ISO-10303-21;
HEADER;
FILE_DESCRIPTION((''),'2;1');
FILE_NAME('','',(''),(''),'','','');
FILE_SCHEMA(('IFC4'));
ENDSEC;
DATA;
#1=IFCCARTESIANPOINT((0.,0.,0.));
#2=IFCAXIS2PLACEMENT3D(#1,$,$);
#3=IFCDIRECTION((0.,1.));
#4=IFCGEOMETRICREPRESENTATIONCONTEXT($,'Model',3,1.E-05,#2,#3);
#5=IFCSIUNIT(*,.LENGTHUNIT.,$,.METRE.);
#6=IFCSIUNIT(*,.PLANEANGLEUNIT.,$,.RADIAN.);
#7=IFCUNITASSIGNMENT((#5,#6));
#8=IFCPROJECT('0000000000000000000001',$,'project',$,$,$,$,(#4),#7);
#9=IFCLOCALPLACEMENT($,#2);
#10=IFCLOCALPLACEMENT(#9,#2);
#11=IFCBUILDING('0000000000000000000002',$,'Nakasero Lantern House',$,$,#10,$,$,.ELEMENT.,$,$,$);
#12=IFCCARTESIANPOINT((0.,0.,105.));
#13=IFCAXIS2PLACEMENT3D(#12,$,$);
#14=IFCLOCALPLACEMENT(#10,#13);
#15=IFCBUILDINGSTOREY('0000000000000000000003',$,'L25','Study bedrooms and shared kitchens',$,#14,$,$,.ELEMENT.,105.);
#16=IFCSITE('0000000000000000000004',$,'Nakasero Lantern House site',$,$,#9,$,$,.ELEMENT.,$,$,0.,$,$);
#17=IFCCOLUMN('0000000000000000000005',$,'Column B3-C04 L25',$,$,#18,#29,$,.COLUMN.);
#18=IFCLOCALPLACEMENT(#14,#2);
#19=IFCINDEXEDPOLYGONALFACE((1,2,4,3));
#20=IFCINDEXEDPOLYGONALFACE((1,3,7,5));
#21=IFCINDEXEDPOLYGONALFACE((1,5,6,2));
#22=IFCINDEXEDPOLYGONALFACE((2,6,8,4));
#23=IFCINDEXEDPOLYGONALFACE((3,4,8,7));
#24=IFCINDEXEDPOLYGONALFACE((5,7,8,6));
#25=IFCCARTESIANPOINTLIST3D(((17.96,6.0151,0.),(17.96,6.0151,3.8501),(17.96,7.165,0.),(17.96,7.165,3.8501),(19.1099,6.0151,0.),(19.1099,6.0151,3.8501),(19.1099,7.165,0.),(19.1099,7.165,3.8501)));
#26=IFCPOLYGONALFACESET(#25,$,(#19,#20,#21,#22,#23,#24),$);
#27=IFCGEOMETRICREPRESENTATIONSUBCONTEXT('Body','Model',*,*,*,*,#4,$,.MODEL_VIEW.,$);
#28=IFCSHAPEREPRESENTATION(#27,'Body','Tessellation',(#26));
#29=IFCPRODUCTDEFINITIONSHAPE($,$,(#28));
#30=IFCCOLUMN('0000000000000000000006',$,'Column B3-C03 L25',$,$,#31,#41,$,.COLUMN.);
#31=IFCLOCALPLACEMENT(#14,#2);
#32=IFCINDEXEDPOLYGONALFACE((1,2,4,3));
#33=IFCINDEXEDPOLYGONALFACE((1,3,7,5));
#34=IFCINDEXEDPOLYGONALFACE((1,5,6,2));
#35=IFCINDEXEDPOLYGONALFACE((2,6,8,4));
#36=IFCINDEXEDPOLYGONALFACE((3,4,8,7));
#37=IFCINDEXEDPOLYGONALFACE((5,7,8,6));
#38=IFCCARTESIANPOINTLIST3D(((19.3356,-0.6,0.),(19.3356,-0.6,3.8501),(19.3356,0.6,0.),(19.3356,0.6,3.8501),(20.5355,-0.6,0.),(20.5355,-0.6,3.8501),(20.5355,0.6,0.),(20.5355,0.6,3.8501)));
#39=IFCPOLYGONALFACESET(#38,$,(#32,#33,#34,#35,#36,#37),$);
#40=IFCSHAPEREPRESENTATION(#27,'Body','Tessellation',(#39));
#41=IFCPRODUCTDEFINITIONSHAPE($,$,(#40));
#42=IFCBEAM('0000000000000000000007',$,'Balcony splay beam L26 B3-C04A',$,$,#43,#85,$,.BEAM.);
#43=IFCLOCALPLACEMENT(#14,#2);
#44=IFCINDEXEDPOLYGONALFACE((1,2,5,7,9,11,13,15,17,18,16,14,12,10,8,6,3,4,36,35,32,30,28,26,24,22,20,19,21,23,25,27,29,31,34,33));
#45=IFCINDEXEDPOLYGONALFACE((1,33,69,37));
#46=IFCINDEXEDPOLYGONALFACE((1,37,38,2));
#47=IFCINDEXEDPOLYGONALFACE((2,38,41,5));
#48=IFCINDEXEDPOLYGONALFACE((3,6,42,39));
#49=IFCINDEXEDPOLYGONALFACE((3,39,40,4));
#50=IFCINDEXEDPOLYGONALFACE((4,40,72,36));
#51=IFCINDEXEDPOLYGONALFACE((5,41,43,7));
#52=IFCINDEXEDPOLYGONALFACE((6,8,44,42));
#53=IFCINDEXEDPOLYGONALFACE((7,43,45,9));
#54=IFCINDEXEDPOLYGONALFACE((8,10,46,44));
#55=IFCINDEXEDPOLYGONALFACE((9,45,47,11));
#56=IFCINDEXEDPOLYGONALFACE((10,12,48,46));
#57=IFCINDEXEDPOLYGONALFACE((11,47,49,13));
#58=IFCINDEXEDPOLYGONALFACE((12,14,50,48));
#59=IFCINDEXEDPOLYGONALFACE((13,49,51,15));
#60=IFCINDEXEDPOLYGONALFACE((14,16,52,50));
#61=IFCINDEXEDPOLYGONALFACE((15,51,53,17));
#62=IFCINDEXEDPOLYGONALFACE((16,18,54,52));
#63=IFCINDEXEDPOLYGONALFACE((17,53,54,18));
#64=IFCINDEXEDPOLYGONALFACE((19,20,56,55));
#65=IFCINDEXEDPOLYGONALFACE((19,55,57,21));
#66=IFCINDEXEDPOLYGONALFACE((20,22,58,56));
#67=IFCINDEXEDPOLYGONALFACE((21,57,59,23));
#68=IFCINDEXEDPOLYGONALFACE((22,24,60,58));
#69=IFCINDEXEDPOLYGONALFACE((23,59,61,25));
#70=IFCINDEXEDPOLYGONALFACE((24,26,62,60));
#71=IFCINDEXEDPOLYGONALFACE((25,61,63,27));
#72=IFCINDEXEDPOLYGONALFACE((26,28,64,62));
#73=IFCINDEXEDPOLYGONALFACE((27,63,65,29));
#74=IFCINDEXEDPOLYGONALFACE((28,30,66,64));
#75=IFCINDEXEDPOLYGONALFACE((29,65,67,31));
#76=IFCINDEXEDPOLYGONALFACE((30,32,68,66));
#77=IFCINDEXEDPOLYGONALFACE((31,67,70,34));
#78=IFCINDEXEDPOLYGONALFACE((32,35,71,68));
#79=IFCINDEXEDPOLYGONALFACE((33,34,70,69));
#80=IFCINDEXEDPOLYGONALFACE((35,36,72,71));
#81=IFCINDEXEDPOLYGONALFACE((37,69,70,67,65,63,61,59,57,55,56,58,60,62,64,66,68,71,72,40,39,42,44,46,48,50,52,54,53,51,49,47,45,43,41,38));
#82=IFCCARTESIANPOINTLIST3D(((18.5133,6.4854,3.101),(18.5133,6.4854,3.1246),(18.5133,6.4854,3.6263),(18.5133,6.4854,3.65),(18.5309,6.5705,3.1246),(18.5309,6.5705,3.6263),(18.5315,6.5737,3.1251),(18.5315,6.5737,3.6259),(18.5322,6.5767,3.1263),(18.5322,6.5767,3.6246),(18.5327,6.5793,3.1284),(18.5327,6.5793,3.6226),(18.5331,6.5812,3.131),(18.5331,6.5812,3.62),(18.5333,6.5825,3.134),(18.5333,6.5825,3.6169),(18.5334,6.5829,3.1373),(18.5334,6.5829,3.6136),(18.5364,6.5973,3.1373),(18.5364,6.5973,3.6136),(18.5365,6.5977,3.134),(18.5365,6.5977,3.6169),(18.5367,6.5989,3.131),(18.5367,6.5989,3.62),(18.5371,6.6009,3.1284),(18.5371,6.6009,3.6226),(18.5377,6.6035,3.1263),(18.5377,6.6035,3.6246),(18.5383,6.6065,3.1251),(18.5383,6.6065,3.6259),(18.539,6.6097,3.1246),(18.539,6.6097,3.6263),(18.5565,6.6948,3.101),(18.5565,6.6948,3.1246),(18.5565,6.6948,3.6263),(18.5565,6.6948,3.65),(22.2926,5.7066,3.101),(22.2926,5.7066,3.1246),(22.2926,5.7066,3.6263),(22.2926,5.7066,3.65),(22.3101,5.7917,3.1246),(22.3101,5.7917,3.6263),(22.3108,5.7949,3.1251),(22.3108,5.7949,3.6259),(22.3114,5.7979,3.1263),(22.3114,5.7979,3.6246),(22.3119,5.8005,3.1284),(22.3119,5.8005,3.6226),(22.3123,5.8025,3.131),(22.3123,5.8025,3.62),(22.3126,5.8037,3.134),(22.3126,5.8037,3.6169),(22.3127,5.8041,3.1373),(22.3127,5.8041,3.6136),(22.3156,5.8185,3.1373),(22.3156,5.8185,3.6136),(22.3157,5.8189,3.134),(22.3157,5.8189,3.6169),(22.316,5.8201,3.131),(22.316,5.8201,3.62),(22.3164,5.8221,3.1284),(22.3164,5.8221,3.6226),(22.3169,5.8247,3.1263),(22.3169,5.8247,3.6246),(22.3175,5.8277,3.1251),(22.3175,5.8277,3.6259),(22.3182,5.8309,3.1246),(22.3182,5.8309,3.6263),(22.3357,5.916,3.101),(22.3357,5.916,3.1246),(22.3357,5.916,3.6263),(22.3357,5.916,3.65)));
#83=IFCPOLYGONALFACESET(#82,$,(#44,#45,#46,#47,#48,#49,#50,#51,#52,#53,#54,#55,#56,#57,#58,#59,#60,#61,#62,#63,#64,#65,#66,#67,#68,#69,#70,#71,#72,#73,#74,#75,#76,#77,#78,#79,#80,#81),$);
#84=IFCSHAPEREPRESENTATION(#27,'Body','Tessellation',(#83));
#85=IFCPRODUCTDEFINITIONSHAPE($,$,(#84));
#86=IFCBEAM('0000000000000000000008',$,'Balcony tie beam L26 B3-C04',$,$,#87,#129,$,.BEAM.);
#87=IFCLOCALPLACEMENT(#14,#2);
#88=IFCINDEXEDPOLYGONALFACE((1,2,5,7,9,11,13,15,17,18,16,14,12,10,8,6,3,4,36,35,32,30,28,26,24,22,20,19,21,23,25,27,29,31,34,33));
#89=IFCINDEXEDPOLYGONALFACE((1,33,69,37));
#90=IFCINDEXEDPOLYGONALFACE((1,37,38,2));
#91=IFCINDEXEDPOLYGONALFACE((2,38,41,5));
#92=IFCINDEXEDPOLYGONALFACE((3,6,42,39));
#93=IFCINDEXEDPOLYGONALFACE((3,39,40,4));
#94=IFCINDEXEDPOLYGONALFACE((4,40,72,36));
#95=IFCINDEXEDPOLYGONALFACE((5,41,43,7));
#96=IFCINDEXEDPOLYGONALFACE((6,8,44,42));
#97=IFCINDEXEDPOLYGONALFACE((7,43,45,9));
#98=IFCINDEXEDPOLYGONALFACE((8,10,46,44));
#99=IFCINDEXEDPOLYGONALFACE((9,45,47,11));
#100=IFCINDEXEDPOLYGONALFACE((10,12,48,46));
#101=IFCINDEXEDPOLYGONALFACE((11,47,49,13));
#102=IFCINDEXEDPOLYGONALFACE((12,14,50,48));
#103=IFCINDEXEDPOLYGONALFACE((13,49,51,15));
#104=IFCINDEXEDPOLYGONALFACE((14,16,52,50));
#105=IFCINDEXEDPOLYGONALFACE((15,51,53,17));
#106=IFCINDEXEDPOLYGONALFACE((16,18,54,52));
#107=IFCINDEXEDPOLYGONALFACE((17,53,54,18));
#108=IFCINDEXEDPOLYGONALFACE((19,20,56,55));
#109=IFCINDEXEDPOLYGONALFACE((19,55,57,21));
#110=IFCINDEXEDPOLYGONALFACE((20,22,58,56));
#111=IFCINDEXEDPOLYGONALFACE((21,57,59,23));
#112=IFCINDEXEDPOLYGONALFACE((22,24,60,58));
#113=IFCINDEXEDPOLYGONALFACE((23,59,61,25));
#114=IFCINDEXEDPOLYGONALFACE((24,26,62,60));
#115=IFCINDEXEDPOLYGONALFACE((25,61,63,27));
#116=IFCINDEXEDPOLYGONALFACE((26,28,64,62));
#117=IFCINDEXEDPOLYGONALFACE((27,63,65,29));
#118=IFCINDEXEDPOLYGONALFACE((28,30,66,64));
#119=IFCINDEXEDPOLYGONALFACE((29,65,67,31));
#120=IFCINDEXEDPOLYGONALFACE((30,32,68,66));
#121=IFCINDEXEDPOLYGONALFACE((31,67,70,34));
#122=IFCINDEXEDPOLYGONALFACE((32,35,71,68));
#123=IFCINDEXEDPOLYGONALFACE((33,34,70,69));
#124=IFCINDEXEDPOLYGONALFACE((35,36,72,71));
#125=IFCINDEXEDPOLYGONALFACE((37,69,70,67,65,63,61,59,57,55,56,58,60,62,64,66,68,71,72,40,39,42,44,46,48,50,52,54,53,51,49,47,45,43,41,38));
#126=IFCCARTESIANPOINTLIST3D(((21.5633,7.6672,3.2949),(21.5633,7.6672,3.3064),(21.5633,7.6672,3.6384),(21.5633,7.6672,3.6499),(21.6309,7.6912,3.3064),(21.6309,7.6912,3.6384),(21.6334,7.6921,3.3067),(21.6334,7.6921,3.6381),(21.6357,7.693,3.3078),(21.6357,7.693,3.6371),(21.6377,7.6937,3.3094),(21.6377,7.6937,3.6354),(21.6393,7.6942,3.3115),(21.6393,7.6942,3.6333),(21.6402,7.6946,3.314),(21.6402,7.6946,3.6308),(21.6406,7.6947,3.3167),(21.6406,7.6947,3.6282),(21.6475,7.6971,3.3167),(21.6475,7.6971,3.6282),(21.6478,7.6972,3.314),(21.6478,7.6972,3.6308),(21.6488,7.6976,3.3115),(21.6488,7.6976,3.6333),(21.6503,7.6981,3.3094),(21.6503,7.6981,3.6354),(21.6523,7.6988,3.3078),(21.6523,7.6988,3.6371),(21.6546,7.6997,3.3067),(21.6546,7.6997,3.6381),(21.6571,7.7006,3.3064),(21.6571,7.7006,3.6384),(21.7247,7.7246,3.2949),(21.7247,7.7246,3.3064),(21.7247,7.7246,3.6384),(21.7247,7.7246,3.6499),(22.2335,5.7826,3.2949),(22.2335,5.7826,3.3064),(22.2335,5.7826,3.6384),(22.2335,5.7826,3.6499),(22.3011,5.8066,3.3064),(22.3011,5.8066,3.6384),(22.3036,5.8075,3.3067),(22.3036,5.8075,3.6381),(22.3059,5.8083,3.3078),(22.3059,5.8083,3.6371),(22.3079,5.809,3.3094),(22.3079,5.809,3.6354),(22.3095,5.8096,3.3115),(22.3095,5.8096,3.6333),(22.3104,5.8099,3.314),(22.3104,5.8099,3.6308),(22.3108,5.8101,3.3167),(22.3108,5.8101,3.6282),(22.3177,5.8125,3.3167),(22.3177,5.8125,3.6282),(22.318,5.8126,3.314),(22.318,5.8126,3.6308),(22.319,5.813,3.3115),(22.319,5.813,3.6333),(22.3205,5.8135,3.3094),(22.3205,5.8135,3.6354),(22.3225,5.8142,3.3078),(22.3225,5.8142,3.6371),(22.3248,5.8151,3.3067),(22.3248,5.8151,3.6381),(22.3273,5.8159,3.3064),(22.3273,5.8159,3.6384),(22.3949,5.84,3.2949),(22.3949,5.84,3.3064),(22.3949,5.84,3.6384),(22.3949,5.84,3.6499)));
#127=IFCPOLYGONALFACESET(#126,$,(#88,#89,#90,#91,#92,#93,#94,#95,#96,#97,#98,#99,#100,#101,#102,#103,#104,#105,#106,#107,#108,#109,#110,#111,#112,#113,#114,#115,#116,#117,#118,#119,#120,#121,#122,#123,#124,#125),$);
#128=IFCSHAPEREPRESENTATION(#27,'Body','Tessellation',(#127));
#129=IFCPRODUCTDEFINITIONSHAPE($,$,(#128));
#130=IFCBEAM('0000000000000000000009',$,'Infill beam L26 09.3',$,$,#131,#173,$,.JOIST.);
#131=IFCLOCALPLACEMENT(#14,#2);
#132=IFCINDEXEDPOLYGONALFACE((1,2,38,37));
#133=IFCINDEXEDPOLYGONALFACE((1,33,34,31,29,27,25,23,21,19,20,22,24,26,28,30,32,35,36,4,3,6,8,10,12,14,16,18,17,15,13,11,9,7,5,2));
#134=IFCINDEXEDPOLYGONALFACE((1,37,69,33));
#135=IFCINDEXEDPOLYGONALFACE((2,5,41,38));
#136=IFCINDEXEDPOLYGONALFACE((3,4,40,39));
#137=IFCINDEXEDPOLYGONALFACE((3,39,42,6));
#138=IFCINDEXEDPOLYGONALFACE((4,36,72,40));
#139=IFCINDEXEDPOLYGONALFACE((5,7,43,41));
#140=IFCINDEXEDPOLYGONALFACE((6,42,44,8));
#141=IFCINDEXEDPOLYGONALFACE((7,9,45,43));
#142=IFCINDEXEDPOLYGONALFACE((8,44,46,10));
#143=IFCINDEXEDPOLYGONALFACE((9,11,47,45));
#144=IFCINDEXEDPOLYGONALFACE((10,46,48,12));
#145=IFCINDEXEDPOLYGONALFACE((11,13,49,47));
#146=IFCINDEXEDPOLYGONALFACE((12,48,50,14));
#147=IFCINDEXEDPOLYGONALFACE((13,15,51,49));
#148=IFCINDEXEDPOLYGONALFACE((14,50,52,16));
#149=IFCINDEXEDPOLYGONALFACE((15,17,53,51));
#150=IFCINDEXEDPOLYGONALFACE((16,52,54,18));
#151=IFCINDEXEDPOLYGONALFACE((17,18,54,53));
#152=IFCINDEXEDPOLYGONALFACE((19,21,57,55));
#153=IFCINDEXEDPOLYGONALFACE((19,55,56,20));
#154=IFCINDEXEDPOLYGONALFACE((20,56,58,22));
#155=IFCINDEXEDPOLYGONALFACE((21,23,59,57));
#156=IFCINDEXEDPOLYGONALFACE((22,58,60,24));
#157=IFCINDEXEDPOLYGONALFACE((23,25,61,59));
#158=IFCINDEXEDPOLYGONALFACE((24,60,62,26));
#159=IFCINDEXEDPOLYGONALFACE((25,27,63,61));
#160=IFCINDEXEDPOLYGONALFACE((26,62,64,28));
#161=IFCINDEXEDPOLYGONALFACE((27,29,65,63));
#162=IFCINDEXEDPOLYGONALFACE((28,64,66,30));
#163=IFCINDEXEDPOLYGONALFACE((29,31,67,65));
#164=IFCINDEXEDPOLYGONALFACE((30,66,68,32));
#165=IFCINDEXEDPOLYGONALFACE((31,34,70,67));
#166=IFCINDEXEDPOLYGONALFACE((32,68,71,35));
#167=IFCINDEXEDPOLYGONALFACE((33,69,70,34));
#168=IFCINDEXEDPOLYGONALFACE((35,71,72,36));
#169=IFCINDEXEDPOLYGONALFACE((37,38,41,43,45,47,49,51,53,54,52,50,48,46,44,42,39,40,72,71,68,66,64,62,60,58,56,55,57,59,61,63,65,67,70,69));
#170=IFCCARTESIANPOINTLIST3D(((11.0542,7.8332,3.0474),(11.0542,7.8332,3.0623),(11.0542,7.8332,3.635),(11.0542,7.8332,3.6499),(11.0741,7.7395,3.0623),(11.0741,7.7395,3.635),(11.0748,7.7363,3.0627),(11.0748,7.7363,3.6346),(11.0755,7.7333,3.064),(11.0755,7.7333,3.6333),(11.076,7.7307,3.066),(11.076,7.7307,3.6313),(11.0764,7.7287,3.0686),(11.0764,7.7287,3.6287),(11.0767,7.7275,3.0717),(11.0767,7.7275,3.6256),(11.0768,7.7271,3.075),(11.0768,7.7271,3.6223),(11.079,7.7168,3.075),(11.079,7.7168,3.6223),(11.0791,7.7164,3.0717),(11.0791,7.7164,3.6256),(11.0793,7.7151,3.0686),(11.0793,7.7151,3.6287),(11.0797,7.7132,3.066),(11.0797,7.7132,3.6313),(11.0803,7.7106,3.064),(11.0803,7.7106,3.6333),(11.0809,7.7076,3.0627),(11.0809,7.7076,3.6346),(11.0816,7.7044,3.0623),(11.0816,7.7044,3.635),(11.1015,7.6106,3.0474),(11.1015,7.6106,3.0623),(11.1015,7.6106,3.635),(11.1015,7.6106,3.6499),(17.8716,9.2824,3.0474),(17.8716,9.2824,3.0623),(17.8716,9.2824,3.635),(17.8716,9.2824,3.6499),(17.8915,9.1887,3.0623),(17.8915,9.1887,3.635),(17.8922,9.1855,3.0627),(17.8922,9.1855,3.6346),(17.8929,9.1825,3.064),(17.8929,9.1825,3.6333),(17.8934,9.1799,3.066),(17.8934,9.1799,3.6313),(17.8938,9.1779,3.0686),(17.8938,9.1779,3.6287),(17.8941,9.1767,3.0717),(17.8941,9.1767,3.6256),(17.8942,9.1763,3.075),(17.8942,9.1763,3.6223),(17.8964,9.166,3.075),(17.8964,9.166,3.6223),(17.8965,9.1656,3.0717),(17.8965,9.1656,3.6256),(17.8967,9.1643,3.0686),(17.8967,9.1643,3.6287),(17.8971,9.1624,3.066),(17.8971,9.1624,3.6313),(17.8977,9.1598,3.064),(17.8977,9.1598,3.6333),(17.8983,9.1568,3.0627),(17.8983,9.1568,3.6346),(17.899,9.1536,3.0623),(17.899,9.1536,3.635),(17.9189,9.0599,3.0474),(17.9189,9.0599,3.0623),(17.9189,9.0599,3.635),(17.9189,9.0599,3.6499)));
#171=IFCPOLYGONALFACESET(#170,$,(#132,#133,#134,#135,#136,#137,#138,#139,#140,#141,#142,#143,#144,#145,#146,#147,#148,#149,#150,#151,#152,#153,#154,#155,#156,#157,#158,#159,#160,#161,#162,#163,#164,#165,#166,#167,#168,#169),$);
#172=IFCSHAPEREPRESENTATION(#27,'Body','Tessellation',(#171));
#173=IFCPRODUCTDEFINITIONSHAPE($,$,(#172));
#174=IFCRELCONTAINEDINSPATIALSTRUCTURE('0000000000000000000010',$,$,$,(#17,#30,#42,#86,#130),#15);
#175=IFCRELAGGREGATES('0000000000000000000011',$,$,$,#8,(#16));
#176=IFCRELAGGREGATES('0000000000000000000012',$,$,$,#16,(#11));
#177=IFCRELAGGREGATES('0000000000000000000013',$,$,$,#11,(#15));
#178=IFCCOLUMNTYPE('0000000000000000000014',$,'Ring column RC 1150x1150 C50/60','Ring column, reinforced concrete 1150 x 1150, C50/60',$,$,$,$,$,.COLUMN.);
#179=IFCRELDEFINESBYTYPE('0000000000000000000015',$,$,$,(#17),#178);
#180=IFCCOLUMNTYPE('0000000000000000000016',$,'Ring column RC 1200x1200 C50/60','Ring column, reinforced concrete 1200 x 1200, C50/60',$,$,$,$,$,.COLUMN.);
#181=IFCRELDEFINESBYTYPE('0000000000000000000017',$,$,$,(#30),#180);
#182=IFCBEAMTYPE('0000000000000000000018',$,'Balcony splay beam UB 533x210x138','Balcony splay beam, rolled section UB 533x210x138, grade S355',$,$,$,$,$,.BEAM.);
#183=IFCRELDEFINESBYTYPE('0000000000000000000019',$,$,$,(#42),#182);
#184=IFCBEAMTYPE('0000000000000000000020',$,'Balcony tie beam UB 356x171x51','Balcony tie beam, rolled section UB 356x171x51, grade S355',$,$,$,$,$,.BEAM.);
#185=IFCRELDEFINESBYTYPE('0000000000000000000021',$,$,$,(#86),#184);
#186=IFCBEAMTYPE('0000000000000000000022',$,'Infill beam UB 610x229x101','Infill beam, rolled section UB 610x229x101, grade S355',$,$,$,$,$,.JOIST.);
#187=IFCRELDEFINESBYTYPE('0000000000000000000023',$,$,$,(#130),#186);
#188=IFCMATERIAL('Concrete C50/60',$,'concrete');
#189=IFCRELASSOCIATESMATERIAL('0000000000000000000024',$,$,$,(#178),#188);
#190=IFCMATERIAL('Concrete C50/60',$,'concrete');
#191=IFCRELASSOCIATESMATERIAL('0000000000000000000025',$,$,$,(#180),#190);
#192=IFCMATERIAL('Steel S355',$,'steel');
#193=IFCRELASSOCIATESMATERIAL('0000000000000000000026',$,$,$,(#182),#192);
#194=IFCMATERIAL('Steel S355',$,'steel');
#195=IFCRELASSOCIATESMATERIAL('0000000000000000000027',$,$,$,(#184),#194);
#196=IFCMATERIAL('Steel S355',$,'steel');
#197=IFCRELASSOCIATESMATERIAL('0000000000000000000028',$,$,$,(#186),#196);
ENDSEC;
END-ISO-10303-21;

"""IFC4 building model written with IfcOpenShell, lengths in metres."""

from ifc_helpers import new_model, si_unit, direction, frame, origin, origin_2d, place, context, subcontext, project, spatial, rectangle, i_section, extrude, material, material_profile, profile_set, type_object, element, save


model = new_model("IFC4")

# Units and contexts
model_context = context("Model", 3, precision=1e-05, world=origin(), true_north=direction((0.0, 1.0)))
body_context = subcontext(model_context, "Body", "Model", "MODEL_VIEW")
ifc_project = project(units=[si_unit("LENGTHUNIT", "METRE"), si_unit("PLANEANGLEUNIT", "RADIAN")], contexts=[model_context])

# Site, building, storey
site_placement = place(None, origin())
site = spatial("IfcSite", under=ifc_project, at=site_placement, Name="Nakasero Lantern House site", CompositionType="ELEMENT", RefElevation=0.0)
building_placement = place(site_placement, origin())
building = spatial("IfcBuilding", under=site, at=building_placement, Name="Nakasero Lantern House", CompositionType="ELEMENT")
storey_placement = place(building_placement, frame((0.0, 0.0, 105.0)))
storey = spatial("IfcBuildingStorey", under=building, at=storey_placement, Name="L25", Description="Study bedrooms and shared kitchens", CompositionType="ELEMENT", Elevation=105.0)

# Columns
ifc_material_1 = material(Name="Concrete C50/60", Category="concrete")
ifc_material_profile_1 = material_profile(ifc_material_1, rectangle(XDim=1.1499, YDim=1.1499, at=origin_2d()), Name="RC 1150x1150")
ifc_profile_set_1 = profile_set([ifc_material_profile_1], Name="Concrete C50/60")
column_type_1 = type_object("IfcColumnType", Name="Ring column RC 1150x1150 C50/60", Description="Ring column, reinforced concrete 1150 x 1150, C50/60", PredefinedType="COLUMN", material=ifc_profile_set_1)
column_1_placement = place(storey_placement, frame((18.5349, 6.5901, 0.0), z_axis=(0.0, 0.0, 1.0), x_axis=(1.0, 0.0, 0.0)))
element("IfcColumn", 1, at=column_1_placement, inside=storey, type_object=column_type_1, Name="Column B3-C04 L25", PredefinedType="COLUMN", context=body_context, shape_type="SweptSolid", body=[
    extrude(rectangle(XDim=1.1499, YDim=1.1499, at=origin_2d()), origin(), (0.0, 0.0, 1.0), 3.8501),
])
ifc_material_2 = material(Name="Concrete C50/60", Category="concrete")
ifc_material_profile_2 = material_profile(ifc_material_2, rectangle(XDim=1.2, YDim=1.2, at=origin_2d()), Name="RC 1200x1200")
ifc_profile_set_2 = profile_set([ifc_material_profile_2], Name="Concrete C50/60")
column_type_2 = type_object("IfcColumnType", Name="Ring column RC 1200x1200 C50/60", Description="Ring column, reinforced concrete 1200 x 1200, C50/60", PredefinedType="COLUMN", material=ifc_profile_set_2)
column_2_placement = place(storey_placement, frame((19.9355, 0.0, 0.0), z_axis=(0.0, 0.0, 1.0), x_axis=(1.0, 0.0, 0.0)))
element("IfcColumn", 2, at=column_2_placement, inside=storey, type_object=column_type_2, Name="Column B3-C03 L25", PredefinedType="COLUMN", context=body_context, shape_type="SweptSolid", body=[
    extrude(rectangle(XDim=1.2, YDim=1.2, at=origin_2d()), origin(), (0.0, 0.0, 1.0), 3.8501),
])

# Beams
ifc_material_3 = material(Name="Steel S355", Category="steel")
ifc_material_profile_3 = material_profile(ifc_material_3, i_section(OverallWidth=0.2139, OverallDepth=0.5491, WebThickness=0.0146, FlangeThickness=0.0237, FilletRadius=0.0127, at=origin_2d()), Name="UB 533x210x138")
ifc_profile_set_3 = profile_set([ifc_material_profile_3], Name="Steel S355")
beam_type_1 = type_object("IfcBeamType", Name="Balcony splay beam UB 533x210x138", Description="Balcony splay beam, rolled section UB 533x210x138, grade S355", PredefinedType="BEAM", material=ifc_profile_set_3)
beam_1_placement = place(storey_placement, frame((18.5349, 6.5901, 3.3755), z_axis=(0.97942, -0.201831, 0.0), x_axis=(0.201831, 0.97942, 0.0)))
element("IfcBeam", 3, at=beam_1_placement, inside=storey, type_object=beam_type_1, Name="Balcony splay beam L26 B3-C04A", PredefinedType="BEAM", context=body_context, shape_type="SweptSolid", body=[
    extrude(i_section(OverallWidth=0.2139, OverallDepth=0.5491, WebThickness=0.0146, FlangeThickness=0.0237, FilletRadius=0.0127, at=origin_2d()), origin(), (0.0, 0.0, 1.0), 3.8586),
])
ifc_material_4 = material(Name="Steel S355", Category="steel")
ifc_material_profile_4 = material_profile(ifc_material_4, i_section(OverallWidth=0.1714, OverallDepth=0.355, WebThickness=0.0073, FlangeThickness=0.0115, FilletRadius=0.0103, at=origin_2d()), Name="UB 356x171x51")
ifc_profile_set_4 = profile_set([ifc_material_profile_4], Name="Steel S355")
beam_type_2 = type_object("IfcBeamType", Name="Balcony tie beam UB 356x171x51", Description="Balcony tie beam, rolled section UB 356x171x51, grade S355", PredefinedType="BEAM", material=ifc_profile_set_4)
beam_2_placement = place(storey_placement, frame((22.3142, 5.8113, 3.4724), z_axis=(-0.33506, 0.942197, 0.0), x_axis=(-0.942197, -0.33506, 0.0)))
element("IfcBeam", 4, at=beam_2_placement, inside=storey, type_object=beam_type_2, Name="Balcony tie beam L26 B3-C04", PredefinedType="BEAM", context=body_context, shape_type="SweptSolid", body=[
    extrude(i_section(OverallWidth=0.1714, OverallDepth=0.355, WebThickness=0.0073, FlangeThickness=0.0115, FilletRadius=0.0103, at=origin_2d()), origin(), (0.0, 0.0, 1.0), 2.0002),
])
ifc_material_5 = material(Name="Steel S355", Category="steel")
ifc_material_profile_5 = material_profile(ifc_material_5, i_section(OverallWidth=0.2275, OverallDepth=0.6025, WebThickness=0.0105, FlangeThickness=0.0149, FilletRadius=0.0127, at=origin_2d()), Name="UB 610x229x101")
ifc_profile_set_5 = profile_set([ifc_material_profile_5], Name="Steel S355")
beam_type_3 = type_object("IfcBeamType", Name="Infill beam UB 610x229x101", Description="Infill beam, rolled section UB 610x229x101, grade S355", PredefinedType="JOIST", material=ifc_profile_set_5)
beam_3_placement = place(storey_placement, frame((11.0779, 7.7219, 3.3486), z_axis=(0.978144, 0.207931, 0.0), x_axis=(-0.207931, 0.978144, 0.0)))
element("IfcBeam", 5, at=beam_3_placement, inside=storey, type_object=beam_type_3, Name="Infill beam L26 09.3", PredefinedType="JOIST", context=body_context, shape_type="SweptSolid", body=[
    extrude(i_section(OverallWidth=0.2275, OverallDepth=0.6025, WebThickness=0.0105, FlangeThickness=0.0149, FilletRadius=0.0127, at=origin_2d()), origin(), (0.0, 0.0, 1.0), 6.9697),
])

save(model, "model.ifc")
